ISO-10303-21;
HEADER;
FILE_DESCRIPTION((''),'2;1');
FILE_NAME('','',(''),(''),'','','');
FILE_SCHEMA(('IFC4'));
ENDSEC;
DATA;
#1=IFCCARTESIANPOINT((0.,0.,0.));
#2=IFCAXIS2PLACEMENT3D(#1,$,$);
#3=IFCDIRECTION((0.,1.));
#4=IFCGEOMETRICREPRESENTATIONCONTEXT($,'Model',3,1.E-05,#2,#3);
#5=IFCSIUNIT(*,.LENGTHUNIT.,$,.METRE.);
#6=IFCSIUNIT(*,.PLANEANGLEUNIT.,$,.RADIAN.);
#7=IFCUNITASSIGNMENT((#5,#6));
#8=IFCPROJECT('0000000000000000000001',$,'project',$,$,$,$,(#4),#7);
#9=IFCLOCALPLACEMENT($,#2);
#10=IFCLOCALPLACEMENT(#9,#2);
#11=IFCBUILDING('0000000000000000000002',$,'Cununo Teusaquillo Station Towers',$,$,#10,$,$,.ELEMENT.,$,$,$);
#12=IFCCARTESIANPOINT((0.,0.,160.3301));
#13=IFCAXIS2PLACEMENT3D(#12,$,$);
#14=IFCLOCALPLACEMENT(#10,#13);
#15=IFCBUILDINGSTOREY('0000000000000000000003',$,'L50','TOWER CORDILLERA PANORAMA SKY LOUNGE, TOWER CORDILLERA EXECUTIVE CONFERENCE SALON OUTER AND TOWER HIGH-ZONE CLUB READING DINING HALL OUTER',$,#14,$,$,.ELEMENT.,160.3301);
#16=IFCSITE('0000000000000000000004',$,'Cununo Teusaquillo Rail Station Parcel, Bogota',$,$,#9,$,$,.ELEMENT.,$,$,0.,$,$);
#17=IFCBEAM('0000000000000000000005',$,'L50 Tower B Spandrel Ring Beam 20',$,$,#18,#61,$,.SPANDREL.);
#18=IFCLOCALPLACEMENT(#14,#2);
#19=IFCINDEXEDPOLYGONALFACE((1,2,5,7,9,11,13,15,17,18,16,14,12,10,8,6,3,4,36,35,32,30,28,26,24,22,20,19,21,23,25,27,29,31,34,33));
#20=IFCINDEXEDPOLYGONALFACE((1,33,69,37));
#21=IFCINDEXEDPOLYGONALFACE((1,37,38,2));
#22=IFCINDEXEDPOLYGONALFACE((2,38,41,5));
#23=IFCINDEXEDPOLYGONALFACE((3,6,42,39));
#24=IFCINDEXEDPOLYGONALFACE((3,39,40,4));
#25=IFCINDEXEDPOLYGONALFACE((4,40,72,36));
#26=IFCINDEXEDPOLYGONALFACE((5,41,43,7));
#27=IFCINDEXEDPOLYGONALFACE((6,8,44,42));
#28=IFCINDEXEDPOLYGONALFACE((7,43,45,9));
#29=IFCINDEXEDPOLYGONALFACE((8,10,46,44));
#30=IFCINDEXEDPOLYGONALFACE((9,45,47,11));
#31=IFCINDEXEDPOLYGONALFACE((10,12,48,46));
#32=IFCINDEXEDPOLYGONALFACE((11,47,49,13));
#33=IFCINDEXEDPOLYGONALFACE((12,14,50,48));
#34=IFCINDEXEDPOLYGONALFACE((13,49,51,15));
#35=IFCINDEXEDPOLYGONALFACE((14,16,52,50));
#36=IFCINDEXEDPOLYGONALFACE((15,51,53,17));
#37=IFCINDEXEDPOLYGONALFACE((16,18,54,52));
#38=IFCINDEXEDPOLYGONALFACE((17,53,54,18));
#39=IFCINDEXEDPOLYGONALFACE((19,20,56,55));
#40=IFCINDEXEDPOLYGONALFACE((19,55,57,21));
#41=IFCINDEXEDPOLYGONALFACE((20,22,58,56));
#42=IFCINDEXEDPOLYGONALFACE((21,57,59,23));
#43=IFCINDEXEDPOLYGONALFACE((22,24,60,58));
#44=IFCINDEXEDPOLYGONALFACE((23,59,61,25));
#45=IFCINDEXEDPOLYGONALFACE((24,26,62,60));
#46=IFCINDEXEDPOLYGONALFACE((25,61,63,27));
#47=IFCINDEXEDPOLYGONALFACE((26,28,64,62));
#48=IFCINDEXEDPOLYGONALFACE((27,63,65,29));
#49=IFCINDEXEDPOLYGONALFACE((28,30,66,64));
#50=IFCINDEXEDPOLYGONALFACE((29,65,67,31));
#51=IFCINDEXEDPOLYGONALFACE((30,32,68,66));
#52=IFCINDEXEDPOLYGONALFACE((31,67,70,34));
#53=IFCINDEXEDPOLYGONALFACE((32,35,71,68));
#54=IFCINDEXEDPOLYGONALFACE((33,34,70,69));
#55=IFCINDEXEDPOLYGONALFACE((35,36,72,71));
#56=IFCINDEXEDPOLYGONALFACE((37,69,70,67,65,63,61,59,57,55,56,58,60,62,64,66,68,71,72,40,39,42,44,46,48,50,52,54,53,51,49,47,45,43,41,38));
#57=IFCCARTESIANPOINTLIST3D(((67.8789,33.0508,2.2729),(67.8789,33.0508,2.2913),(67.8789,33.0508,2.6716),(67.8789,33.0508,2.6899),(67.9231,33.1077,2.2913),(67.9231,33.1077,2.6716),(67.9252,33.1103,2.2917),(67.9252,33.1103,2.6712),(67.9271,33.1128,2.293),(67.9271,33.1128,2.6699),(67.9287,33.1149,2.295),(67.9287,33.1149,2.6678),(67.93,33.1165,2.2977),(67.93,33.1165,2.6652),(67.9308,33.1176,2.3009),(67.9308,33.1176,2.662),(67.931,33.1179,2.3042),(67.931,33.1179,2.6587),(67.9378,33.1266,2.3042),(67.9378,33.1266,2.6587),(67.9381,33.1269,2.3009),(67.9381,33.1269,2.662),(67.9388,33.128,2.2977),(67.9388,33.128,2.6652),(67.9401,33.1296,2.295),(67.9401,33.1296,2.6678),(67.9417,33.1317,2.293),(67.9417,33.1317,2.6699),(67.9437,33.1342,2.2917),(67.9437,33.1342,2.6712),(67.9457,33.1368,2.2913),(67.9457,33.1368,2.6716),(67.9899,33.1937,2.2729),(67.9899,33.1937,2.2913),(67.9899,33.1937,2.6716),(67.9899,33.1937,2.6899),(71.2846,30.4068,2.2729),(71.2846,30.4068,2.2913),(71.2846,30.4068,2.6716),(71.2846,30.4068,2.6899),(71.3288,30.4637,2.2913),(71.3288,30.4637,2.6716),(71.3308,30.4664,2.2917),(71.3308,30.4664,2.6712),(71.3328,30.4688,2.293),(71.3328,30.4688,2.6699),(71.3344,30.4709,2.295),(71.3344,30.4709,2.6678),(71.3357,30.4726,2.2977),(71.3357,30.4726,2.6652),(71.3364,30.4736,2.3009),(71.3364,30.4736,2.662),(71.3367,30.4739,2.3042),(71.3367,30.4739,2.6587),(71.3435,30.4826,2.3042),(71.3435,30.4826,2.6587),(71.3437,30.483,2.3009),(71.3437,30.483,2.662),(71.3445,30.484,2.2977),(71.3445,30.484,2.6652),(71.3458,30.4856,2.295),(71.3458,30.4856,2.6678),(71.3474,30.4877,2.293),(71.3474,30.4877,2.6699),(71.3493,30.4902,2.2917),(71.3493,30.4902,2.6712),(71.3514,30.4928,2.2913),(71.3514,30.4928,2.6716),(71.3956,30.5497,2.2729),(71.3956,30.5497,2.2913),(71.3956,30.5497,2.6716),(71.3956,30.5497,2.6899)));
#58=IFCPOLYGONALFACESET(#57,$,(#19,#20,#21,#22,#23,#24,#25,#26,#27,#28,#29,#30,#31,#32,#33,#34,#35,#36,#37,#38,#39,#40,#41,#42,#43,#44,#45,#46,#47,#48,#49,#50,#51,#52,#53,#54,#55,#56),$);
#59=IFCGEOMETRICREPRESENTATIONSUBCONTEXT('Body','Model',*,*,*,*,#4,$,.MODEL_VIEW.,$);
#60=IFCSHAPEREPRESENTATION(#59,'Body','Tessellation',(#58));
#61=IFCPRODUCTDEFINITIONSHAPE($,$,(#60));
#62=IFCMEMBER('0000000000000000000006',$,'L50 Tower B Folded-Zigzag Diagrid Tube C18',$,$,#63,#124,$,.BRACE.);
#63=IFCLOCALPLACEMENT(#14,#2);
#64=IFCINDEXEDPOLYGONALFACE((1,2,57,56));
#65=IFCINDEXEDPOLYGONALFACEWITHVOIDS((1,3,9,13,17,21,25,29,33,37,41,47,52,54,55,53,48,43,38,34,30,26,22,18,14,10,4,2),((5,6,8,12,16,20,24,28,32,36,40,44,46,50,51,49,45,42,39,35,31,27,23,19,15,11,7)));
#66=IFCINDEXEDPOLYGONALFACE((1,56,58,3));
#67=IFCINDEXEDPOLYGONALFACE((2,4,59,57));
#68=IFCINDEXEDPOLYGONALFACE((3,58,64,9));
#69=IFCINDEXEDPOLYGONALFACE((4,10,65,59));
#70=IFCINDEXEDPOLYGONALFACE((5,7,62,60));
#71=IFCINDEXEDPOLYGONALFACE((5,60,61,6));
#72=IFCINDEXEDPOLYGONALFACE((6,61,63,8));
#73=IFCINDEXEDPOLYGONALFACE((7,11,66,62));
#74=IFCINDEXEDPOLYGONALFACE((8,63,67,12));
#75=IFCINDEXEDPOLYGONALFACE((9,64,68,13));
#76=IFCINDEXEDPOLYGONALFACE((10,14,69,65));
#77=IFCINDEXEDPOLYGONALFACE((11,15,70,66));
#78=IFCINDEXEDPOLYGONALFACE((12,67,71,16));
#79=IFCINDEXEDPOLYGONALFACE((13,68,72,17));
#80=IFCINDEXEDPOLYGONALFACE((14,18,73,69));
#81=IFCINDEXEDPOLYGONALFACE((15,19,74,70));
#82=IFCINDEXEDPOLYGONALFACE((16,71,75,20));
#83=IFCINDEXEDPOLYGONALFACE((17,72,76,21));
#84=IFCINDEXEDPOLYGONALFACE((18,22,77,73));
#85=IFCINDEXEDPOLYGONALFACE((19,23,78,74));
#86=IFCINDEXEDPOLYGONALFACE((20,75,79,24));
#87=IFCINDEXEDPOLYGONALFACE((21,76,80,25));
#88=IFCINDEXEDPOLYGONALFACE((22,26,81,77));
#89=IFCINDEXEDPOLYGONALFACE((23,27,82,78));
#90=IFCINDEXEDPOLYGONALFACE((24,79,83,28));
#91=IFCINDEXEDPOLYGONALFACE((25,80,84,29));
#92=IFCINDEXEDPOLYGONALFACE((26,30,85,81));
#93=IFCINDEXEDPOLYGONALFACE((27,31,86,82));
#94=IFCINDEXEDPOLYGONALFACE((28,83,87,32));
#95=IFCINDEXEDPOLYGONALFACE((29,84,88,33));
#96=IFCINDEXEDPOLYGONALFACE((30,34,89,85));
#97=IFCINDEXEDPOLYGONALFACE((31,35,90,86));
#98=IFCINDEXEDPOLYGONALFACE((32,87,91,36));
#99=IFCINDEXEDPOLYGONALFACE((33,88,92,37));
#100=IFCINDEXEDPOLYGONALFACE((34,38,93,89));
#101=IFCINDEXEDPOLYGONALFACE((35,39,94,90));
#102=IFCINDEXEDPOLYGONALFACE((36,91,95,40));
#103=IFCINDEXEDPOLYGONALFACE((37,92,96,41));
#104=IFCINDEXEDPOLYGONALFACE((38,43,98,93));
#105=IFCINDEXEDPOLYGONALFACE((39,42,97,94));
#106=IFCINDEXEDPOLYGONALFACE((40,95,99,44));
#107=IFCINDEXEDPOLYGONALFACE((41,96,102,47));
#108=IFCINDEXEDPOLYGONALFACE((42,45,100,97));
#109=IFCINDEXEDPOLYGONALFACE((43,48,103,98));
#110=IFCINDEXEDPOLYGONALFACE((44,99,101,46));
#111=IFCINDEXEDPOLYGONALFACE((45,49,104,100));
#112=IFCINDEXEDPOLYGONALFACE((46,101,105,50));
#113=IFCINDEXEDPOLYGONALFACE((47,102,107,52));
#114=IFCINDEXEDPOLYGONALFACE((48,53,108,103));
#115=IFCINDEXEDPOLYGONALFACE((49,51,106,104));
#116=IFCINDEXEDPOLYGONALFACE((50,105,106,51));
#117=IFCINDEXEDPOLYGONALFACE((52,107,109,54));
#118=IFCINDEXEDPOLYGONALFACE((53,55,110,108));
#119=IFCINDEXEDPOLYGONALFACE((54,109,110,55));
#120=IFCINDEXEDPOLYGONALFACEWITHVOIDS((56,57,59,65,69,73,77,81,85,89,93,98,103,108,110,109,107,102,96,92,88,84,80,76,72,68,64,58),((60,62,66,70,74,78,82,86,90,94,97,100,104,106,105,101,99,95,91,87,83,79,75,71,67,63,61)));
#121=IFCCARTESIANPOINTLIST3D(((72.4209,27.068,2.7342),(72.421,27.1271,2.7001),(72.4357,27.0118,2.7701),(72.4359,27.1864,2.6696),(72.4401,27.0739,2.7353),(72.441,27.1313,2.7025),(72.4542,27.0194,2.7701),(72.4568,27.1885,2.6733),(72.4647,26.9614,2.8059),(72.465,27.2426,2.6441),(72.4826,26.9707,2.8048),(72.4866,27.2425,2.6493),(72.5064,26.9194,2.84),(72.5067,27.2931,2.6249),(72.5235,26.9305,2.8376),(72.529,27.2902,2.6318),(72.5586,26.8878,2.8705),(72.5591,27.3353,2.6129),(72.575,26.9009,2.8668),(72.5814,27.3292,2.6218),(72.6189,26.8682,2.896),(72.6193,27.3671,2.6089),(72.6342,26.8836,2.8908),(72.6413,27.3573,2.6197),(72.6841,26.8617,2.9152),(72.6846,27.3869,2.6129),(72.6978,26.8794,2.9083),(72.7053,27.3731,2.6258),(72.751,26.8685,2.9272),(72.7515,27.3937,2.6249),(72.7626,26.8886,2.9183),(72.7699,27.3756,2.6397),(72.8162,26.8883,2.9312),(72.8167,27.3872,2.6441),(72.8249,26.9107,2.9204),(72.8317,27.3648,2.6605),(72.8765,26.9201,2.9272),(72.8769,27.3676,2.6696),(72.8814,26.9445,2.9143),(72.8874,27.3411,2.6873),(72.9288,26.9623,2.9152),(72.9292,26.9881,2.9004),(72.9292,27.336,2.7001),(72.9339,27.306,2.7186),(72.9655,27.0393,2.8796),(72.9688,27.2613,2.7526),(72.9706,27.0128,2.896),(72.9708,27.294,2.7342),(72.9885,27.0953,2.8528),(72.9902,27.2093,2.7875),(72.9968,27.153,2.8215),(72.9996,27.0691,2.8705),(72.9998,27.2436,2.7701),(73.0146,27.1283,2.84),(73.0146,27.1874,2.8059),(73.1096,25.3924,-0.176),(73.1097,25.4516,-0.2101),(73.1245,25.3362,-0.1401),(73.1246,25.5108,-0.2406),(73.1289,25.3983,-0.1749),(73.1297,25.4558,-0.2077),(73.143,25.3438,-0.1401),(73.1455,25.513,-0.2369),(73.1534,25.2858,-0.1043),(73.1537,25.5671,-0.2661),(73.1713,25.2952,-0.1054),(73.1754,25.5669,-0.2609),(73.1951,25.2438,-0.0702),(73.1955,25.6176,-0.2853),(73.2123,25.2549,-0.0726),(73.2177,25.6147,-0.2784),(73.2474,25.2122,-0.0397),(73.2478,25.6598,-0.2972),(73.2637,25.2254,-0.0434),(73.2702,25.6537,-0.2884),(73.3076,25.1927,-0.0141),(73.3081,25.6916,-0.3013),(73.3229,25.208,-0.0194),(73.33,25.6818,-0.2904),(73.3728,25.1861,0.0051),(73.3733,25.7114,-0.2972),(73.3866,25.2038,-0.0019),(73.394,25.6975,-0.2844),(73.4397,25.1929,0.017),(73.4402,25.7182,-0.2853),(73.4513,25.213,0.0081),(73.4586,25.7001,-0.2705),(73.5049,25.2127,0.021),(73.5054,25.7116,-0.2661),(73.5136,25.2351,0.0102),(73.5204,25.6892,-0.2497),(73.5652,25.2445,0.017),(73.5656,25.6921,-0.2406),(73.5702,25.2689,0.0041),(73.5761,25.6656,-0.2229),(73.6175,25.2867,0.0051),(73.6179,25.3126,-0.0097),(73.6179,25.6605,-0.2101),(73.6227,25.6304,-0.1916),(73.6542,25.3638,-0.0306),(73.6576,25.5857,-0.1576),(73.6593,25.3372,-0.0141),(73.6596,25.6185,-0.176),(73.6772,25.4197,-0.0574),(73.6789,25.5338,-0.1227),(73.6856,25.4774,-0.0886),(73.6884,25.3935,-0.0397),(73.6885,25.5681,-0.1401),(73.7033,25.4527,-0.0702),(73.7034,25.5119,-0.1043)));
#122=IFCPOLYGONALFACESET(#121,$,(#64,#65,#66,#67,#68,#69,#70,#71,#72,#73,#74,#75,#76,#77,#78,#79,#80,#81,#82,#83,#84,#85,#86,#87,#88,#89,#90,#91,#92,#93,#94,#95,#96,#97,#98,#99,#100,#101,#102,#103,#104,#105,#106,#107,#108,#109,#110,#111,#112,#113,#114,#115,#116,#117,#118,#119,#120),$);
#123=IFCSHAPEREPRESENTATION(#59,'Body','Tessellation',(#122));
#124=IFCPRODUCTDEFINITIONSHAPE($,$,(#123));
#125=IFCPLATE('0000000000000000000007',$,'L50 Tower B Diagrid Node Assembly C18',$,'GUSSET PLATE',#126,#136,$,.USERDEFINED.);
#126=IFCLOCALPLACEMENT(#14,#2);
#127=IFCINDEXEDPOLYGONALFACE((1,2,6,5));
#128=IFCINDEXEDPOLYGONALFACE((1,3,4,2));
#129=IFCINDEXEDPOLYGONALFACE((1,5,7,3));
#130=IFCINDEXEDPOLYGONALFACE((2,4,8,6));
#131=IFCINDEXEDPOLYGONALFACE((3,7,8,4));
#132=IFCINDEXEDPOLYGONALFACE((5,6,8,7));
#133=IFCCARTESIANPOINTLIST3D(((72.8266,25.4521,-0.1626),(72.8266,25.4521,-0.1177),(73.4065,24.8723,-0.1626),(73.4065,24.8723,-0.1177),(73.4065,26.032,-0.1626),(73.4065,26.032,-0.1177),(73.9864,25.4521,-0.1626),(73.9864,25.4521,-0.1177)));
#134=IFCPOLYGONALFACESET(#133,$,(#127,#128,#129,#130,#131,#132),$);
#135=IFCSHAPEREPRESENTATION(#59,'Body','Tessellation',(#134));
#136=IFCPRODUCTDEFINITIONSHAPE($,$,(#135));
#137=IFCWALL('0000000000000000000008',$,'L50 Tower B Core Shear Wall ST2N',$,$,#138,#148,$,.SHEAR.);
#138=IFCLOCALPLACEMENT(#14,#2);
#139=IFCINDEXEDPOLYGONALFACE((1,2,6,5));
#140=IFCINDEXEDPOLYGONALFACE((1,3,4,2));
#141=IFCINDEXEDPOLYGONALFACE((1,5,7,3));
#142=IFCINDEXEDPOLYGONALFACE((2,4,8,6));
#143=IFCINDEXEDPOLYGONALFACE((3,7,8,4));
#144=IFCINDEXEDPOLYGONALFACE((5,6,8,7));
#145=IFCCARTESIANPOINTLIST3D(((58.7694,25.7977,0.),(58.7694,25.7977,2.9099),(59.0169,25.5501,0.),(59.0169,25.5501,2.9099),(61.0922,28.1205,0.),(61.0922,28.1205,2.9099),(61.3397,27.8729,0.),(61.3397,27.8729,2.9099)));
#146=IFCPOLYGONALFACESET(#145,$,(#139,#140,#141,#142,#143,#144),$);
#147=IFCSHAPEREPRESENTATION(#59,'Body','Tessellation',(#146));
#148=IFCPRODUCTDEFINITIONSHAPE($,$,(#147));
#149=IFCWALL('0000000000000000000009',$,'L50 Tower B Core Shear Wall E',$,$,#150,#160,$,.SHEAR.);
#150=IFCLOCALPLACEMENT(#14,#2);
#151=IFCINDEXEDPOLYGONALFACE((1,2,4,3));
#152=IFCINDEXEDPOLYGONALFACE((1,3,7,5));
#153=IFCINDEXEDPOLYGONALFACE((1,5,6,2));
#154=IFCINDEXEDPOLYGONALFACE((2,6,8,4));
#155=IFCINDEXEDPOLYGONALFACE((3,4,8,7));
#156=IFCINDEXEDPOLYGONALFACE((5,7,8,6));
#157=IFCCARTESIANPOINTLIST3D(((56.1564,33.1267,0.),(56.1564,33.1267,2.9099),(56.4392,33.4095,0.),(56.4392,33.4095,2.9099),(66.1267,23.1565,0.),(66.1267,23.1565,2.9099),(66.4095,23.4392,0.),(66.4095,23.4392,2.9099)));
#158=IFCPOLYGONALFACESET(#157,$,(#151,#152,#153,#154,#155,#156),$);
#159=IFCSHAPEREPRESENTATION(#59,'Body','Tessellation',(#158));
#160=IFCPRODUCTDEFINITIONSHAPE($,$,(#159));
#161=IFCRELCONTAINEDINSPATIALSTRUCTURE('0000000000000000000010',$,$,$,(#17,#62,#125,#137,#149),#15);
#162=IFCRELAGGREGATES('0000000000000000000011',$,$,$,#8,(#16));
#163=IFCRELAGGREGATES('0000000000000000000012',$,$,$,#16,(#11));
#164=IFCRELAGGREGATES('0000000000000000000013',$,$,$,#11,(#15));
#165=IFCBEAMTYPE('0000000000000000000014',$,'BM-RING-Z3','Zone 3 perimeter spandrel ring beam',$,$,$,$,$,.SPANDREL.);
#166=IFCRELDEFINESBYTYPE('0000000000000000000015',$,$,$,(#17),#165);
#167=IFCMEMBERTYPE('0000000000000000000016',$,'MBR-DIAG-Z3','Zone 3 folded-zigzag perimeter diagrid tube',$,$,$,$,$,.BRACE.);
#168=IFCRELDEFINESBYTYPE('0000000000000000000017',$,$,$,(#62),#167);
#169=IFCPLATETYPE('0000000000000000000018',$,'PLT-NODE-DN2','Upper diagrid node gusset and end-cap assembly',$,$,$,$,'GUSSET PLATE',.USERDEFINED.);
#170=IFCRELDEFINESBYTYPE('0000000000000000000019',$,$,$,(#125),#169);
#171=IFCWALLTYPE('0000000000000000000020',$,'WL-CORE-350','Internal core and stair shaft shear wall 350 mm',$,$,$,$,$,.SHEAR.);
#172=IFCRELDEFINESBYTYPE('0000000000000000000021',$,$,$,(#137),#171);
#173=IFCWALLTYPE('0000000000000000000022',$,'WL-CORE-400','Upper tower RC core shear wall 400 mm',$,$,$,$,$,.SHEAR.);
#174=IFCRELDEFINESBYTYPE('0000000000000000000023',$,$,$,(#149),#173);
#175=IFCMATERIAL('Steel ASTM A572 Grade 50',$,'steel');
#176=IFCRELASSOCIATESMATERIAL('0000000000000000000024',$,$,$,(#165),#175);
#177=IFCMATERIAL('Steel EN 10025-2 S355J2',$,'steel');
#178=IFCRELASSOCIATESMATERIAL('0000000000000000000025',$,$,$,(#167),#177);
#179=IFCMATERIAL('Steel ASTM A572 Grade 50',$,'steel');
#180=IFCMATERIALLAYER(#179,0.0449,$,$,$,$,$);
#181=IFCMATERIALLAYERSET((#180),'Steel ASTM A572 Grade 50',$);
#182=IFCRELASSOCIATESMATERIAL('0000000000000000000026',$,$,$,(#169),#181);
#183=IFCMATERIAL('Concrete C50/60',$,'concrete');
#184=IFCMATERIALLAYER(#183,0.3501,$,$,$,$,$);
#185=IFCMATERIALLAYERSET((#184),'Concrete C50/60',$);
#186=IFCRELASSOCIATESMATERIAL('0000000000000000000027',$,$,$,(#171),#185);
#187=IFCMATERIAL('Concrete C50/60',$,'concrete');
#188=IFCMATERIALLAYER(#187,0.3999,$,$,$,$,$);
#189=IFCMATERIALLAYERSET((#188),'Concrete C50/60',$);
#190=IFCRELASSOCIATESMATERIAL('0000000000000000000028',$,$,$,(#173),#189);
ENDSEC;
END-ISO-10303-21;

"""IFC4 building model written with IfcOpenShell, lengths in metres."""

from ifc_helpers import new_model, si_unit, direction, frame, frame_2d, origin, origin_2d, place, context, subcontext, project, spatial, rectangle, hollow_circle, i_section, extrude, source, transform, mapped, material, layer, layer_set, material_profile, profile_set, type_object, element, save


model = new_model("IFC4")

# Units and contexts
model_context = context("Model", 3, precision=1e-05, world=origin(), true_north=direction((0.0, 1.0)))
body_context = subcontext(model_context, "Body", "Model", "MODEL_VIEW")
ifc_project = project(units=[si_unit("LENGTHUNIT", "METRE"), si_unit("PLANEANGLEUNIT", "RADIAN")], contexts=[model_context])

# Site, building, storey
site_placement = place(None, origin())
site = spatial("IfcSite", under=ifc_project, at=site_placement, Name="Cununo Teusaquillo Rail Station Parcel, Bogota", CompositionType="ELEMENT", RefElevation=0.0)
building_placement = place(site_placement, origin())
building = spatial("IfcBuilding", under=site, at=building_placement, Name="Cununo Teusaquillo Station Towers", CompositionType="ELEMENT")
storey_placement = place(building_placement, frame((0.0, 0.0, 160.3301)))
storey = spatial("IfcBuildingStorey", under=building, at=storey_placement, Name="L50", Description="TOWER CORDILLERA PANORAMA SKY LOUNGE, TOWER CORDILLERA EXECUTIVE CONFERENCE SALON OUTER AND TOWER HIGH-ZONE CLUB READING DINING HALL OUTER", CompositionType="ELEMENT", Elevation=160.3301)

# Beam
ifc_material_1 = material(Name="Steel ASTM A572 Grade 50", Category="steel")
ifc_material_profile_1 = material_profile(ifc_material_1, i_section(OverallWidth=0.1809, OverallDepth=0.417, WebThickness=0.011, FlangeThickness=0.0183, FilletRadius=0.0129, at=origin_2d()), Name="W16X57")
ifc_profile_set_1 = profile_set([ifc_material_profile_1], Name="Steel ASTM A572 Grade 50")
beam_type_1 = type_object("IfcBeamType", Name="BM-RING-Z3", Description="Zone 3 perimeter spandrel ring beam", PredefinedType="SPANDREL", material=ifc_profile_set_1)
beam_1_placement = place(storey_placement, frame((71.3401, 30.4783, 2.4814), z_axis=(-0.789901, 0.613235, 0.0), x_axis=(-0.613235, -0.789901, 0.0)))
element("IfcBeam", 1, at=beam_1_placement, inside=storey, type_object=beam_type_1, Name="L50 Tower B Spandrel Ring Beam 20", PredefinedType="SPANDREL", context=body_context, shape_type="SweptSolid", body=[
    extrude(i_section(OverallWidth=0.1809, OverallDepth=0.417, WebThickness=0.011, FlangeThickness=0.0183, FilletRadius=0.0129, at=origin_2d()), origin(), (0.0, 0.0, 1.0), 4.3115),
])

# Member
ifc_material_2 = material(Name="Steel EN 10025-2 S355J2", Category="steel")
ifc_material_profile_2 = material_profile(ifc_material_2, hollow_circle(Radius=0.3049, WallThickness=0.02, at=origin_2d()), Name="CHS 610x20")
ifc_profile_set_2 = profile_set([ifc_material_profile_2], Name="Steel EN 10025-2 S355J2")
member_type = type_object("IfcMemberType", Name="MBR-DIAG-Z3", Description="Zone 3 folded-zigzag perimeter diagrid tube", PredefinedType="BRACE", material=ifc_profile_set_2)
member_placement = place(storey_placement, frame((73.4065, 25.4521, -0.1401), z_axis=(-0.200914, 0.488788, 0.848952), x_axis=(-0.924912, -0.38018, 0.0)))
element("IfcMember", 2, at=member_placement, inside=storey, type_object=member_type, Name="L50 Tower B Folded-Zigzag Diagrid Tube C18", PredefinedType="BRACE", context=body_context, shape_type="SweptSolid", body=[
    extrude(hollow_circle(Radius=0.3049, WallThickness=0.02, at=origin_2d()), origin(), (0.0, 0.0, 1.0), 3.428),
])

# Plate
ifc_material_3 = material(Name="Steel ASTM A572 Grade 50", Category="steel")
ifc_layer_1 = layer(ifc_material_3, 0.0449)
ifc_layer_set_1 = layer_set([ifc_layer_1], Name="Steel ASTM A572 Grade 50")
plate_type = type_object("IfcPlateType", Name="PLT-NODE-DN2", Description="Upper diagrid node gusset and end-cap assembly", ElementType="GUSSET PLATE", PredefinedType="USERDEFINED", material=ifc_layer_set_1)
shared_shape_1 = source(origin(), body_context, "Body", "SweptSolid", [
    extrude(rectangle(XDim=0.8201, YDim=0.8201, at=origin_2d()), origin(), (0.0, 0.0, 1.0), 0.0449),
])
plate_placement = place(storey_placement, frame((73.4065, 25.4521, -0.1626), z_axis=(0.0, 0.0, 1.0), x_axis=(0.707107, 0.707107, 0.0)))
element("IfcPlate", 3, at=plate_placement, inside=storey, type_object=plate_type, Name="L50 Tower B Diagrid Node Assembly C18", ObjectType="GUSSET PLATE", PredefinedType="USERDEFINED", context=body_context, shape_type="MappedRepresentation", body=[
    mapped(shared_shape_1, transform((0.0, 0.0, 0.0), x_axis=(1.0, 0.0, 0.0), y_axis=(0.0, 1.0, 0.0), z_axis=(0.0, 0.0, 1.0), scale=1.0)),
])

# Walls
ifc_material_4 = material(Name="Concrete C50/60", Category="concrete")
ifc_layer_2 = layer(ifc_material_4, 0.3501)
ifc_layer_set_2 = layer_set([ifc_layer_2], Name="Concrete C50/60")
wall_type_1 = type_object("IfcWallType", Name="WL-CORE-350", Description="Internal core and stair shaft shear wall 350 mm", PredefinedType="SHEAR", material=ifc_layer_set_2)
wall_1_placement = place(storey_placement, frame((58.8931, 25.6738, 0.0), z_axis=(0.0, 0.0, 1.0), x_axis=(0.707107, 0.707107, 0.0)))
element("IfcWall", 4, at=wall_1_placement, inside=storey, type_object=wall_type_1, Name="L50 Tower B Core Shear Wall ST2N", PredefinedType="SHEAR", context=body_context, shape_type="SweptSolid", body=[
    extrude(rectangle(XDim=3.2849, YDim=0.3501, at=frame_2d((1.6426, 0.0))), origin(), (0.0, 0.0, 1.0), 2.9099),
])
ifc_material_5 = material(Name="Concrete C50/60", Category="concrete")
ifc_layer_3 = layer(ifc_material_5, 0.3999)
ifc_layer_set_3 = layer_set([ifc_layer_3], Name="Concrete C50/60")
wall_type_2 = type_object("IfcWallType", Name="WL-CORE-400", Description="Upper tower RC core shear wall 400 mm", PredefinedType="SHEAR", material=ifc_layer_set_3)
wall_2_placement = place(storey_placement, frame((66.2681, 23.2979, 0.0), z_axis=(0.0, 0.0, 1.0), x_axis=(-0.707107, 0.707107, 0.0)))
element("IfcWall", 5, at=wall_2_placement, inside=storey, type_object=wall_type_2, Name="L50 Tower B Core Shear Wall E", PredefinedType="SHEAR", context=body_context, shape_type="SweptSolid", body=[
    extrude(rectangle(XDim=14.1001, YDim=0.3999, at=frame_2d((7.05, 0.0))), origin(), (0.0, 0.0, 1.0), 2.9099),
])

save(model, "model.ifc")
